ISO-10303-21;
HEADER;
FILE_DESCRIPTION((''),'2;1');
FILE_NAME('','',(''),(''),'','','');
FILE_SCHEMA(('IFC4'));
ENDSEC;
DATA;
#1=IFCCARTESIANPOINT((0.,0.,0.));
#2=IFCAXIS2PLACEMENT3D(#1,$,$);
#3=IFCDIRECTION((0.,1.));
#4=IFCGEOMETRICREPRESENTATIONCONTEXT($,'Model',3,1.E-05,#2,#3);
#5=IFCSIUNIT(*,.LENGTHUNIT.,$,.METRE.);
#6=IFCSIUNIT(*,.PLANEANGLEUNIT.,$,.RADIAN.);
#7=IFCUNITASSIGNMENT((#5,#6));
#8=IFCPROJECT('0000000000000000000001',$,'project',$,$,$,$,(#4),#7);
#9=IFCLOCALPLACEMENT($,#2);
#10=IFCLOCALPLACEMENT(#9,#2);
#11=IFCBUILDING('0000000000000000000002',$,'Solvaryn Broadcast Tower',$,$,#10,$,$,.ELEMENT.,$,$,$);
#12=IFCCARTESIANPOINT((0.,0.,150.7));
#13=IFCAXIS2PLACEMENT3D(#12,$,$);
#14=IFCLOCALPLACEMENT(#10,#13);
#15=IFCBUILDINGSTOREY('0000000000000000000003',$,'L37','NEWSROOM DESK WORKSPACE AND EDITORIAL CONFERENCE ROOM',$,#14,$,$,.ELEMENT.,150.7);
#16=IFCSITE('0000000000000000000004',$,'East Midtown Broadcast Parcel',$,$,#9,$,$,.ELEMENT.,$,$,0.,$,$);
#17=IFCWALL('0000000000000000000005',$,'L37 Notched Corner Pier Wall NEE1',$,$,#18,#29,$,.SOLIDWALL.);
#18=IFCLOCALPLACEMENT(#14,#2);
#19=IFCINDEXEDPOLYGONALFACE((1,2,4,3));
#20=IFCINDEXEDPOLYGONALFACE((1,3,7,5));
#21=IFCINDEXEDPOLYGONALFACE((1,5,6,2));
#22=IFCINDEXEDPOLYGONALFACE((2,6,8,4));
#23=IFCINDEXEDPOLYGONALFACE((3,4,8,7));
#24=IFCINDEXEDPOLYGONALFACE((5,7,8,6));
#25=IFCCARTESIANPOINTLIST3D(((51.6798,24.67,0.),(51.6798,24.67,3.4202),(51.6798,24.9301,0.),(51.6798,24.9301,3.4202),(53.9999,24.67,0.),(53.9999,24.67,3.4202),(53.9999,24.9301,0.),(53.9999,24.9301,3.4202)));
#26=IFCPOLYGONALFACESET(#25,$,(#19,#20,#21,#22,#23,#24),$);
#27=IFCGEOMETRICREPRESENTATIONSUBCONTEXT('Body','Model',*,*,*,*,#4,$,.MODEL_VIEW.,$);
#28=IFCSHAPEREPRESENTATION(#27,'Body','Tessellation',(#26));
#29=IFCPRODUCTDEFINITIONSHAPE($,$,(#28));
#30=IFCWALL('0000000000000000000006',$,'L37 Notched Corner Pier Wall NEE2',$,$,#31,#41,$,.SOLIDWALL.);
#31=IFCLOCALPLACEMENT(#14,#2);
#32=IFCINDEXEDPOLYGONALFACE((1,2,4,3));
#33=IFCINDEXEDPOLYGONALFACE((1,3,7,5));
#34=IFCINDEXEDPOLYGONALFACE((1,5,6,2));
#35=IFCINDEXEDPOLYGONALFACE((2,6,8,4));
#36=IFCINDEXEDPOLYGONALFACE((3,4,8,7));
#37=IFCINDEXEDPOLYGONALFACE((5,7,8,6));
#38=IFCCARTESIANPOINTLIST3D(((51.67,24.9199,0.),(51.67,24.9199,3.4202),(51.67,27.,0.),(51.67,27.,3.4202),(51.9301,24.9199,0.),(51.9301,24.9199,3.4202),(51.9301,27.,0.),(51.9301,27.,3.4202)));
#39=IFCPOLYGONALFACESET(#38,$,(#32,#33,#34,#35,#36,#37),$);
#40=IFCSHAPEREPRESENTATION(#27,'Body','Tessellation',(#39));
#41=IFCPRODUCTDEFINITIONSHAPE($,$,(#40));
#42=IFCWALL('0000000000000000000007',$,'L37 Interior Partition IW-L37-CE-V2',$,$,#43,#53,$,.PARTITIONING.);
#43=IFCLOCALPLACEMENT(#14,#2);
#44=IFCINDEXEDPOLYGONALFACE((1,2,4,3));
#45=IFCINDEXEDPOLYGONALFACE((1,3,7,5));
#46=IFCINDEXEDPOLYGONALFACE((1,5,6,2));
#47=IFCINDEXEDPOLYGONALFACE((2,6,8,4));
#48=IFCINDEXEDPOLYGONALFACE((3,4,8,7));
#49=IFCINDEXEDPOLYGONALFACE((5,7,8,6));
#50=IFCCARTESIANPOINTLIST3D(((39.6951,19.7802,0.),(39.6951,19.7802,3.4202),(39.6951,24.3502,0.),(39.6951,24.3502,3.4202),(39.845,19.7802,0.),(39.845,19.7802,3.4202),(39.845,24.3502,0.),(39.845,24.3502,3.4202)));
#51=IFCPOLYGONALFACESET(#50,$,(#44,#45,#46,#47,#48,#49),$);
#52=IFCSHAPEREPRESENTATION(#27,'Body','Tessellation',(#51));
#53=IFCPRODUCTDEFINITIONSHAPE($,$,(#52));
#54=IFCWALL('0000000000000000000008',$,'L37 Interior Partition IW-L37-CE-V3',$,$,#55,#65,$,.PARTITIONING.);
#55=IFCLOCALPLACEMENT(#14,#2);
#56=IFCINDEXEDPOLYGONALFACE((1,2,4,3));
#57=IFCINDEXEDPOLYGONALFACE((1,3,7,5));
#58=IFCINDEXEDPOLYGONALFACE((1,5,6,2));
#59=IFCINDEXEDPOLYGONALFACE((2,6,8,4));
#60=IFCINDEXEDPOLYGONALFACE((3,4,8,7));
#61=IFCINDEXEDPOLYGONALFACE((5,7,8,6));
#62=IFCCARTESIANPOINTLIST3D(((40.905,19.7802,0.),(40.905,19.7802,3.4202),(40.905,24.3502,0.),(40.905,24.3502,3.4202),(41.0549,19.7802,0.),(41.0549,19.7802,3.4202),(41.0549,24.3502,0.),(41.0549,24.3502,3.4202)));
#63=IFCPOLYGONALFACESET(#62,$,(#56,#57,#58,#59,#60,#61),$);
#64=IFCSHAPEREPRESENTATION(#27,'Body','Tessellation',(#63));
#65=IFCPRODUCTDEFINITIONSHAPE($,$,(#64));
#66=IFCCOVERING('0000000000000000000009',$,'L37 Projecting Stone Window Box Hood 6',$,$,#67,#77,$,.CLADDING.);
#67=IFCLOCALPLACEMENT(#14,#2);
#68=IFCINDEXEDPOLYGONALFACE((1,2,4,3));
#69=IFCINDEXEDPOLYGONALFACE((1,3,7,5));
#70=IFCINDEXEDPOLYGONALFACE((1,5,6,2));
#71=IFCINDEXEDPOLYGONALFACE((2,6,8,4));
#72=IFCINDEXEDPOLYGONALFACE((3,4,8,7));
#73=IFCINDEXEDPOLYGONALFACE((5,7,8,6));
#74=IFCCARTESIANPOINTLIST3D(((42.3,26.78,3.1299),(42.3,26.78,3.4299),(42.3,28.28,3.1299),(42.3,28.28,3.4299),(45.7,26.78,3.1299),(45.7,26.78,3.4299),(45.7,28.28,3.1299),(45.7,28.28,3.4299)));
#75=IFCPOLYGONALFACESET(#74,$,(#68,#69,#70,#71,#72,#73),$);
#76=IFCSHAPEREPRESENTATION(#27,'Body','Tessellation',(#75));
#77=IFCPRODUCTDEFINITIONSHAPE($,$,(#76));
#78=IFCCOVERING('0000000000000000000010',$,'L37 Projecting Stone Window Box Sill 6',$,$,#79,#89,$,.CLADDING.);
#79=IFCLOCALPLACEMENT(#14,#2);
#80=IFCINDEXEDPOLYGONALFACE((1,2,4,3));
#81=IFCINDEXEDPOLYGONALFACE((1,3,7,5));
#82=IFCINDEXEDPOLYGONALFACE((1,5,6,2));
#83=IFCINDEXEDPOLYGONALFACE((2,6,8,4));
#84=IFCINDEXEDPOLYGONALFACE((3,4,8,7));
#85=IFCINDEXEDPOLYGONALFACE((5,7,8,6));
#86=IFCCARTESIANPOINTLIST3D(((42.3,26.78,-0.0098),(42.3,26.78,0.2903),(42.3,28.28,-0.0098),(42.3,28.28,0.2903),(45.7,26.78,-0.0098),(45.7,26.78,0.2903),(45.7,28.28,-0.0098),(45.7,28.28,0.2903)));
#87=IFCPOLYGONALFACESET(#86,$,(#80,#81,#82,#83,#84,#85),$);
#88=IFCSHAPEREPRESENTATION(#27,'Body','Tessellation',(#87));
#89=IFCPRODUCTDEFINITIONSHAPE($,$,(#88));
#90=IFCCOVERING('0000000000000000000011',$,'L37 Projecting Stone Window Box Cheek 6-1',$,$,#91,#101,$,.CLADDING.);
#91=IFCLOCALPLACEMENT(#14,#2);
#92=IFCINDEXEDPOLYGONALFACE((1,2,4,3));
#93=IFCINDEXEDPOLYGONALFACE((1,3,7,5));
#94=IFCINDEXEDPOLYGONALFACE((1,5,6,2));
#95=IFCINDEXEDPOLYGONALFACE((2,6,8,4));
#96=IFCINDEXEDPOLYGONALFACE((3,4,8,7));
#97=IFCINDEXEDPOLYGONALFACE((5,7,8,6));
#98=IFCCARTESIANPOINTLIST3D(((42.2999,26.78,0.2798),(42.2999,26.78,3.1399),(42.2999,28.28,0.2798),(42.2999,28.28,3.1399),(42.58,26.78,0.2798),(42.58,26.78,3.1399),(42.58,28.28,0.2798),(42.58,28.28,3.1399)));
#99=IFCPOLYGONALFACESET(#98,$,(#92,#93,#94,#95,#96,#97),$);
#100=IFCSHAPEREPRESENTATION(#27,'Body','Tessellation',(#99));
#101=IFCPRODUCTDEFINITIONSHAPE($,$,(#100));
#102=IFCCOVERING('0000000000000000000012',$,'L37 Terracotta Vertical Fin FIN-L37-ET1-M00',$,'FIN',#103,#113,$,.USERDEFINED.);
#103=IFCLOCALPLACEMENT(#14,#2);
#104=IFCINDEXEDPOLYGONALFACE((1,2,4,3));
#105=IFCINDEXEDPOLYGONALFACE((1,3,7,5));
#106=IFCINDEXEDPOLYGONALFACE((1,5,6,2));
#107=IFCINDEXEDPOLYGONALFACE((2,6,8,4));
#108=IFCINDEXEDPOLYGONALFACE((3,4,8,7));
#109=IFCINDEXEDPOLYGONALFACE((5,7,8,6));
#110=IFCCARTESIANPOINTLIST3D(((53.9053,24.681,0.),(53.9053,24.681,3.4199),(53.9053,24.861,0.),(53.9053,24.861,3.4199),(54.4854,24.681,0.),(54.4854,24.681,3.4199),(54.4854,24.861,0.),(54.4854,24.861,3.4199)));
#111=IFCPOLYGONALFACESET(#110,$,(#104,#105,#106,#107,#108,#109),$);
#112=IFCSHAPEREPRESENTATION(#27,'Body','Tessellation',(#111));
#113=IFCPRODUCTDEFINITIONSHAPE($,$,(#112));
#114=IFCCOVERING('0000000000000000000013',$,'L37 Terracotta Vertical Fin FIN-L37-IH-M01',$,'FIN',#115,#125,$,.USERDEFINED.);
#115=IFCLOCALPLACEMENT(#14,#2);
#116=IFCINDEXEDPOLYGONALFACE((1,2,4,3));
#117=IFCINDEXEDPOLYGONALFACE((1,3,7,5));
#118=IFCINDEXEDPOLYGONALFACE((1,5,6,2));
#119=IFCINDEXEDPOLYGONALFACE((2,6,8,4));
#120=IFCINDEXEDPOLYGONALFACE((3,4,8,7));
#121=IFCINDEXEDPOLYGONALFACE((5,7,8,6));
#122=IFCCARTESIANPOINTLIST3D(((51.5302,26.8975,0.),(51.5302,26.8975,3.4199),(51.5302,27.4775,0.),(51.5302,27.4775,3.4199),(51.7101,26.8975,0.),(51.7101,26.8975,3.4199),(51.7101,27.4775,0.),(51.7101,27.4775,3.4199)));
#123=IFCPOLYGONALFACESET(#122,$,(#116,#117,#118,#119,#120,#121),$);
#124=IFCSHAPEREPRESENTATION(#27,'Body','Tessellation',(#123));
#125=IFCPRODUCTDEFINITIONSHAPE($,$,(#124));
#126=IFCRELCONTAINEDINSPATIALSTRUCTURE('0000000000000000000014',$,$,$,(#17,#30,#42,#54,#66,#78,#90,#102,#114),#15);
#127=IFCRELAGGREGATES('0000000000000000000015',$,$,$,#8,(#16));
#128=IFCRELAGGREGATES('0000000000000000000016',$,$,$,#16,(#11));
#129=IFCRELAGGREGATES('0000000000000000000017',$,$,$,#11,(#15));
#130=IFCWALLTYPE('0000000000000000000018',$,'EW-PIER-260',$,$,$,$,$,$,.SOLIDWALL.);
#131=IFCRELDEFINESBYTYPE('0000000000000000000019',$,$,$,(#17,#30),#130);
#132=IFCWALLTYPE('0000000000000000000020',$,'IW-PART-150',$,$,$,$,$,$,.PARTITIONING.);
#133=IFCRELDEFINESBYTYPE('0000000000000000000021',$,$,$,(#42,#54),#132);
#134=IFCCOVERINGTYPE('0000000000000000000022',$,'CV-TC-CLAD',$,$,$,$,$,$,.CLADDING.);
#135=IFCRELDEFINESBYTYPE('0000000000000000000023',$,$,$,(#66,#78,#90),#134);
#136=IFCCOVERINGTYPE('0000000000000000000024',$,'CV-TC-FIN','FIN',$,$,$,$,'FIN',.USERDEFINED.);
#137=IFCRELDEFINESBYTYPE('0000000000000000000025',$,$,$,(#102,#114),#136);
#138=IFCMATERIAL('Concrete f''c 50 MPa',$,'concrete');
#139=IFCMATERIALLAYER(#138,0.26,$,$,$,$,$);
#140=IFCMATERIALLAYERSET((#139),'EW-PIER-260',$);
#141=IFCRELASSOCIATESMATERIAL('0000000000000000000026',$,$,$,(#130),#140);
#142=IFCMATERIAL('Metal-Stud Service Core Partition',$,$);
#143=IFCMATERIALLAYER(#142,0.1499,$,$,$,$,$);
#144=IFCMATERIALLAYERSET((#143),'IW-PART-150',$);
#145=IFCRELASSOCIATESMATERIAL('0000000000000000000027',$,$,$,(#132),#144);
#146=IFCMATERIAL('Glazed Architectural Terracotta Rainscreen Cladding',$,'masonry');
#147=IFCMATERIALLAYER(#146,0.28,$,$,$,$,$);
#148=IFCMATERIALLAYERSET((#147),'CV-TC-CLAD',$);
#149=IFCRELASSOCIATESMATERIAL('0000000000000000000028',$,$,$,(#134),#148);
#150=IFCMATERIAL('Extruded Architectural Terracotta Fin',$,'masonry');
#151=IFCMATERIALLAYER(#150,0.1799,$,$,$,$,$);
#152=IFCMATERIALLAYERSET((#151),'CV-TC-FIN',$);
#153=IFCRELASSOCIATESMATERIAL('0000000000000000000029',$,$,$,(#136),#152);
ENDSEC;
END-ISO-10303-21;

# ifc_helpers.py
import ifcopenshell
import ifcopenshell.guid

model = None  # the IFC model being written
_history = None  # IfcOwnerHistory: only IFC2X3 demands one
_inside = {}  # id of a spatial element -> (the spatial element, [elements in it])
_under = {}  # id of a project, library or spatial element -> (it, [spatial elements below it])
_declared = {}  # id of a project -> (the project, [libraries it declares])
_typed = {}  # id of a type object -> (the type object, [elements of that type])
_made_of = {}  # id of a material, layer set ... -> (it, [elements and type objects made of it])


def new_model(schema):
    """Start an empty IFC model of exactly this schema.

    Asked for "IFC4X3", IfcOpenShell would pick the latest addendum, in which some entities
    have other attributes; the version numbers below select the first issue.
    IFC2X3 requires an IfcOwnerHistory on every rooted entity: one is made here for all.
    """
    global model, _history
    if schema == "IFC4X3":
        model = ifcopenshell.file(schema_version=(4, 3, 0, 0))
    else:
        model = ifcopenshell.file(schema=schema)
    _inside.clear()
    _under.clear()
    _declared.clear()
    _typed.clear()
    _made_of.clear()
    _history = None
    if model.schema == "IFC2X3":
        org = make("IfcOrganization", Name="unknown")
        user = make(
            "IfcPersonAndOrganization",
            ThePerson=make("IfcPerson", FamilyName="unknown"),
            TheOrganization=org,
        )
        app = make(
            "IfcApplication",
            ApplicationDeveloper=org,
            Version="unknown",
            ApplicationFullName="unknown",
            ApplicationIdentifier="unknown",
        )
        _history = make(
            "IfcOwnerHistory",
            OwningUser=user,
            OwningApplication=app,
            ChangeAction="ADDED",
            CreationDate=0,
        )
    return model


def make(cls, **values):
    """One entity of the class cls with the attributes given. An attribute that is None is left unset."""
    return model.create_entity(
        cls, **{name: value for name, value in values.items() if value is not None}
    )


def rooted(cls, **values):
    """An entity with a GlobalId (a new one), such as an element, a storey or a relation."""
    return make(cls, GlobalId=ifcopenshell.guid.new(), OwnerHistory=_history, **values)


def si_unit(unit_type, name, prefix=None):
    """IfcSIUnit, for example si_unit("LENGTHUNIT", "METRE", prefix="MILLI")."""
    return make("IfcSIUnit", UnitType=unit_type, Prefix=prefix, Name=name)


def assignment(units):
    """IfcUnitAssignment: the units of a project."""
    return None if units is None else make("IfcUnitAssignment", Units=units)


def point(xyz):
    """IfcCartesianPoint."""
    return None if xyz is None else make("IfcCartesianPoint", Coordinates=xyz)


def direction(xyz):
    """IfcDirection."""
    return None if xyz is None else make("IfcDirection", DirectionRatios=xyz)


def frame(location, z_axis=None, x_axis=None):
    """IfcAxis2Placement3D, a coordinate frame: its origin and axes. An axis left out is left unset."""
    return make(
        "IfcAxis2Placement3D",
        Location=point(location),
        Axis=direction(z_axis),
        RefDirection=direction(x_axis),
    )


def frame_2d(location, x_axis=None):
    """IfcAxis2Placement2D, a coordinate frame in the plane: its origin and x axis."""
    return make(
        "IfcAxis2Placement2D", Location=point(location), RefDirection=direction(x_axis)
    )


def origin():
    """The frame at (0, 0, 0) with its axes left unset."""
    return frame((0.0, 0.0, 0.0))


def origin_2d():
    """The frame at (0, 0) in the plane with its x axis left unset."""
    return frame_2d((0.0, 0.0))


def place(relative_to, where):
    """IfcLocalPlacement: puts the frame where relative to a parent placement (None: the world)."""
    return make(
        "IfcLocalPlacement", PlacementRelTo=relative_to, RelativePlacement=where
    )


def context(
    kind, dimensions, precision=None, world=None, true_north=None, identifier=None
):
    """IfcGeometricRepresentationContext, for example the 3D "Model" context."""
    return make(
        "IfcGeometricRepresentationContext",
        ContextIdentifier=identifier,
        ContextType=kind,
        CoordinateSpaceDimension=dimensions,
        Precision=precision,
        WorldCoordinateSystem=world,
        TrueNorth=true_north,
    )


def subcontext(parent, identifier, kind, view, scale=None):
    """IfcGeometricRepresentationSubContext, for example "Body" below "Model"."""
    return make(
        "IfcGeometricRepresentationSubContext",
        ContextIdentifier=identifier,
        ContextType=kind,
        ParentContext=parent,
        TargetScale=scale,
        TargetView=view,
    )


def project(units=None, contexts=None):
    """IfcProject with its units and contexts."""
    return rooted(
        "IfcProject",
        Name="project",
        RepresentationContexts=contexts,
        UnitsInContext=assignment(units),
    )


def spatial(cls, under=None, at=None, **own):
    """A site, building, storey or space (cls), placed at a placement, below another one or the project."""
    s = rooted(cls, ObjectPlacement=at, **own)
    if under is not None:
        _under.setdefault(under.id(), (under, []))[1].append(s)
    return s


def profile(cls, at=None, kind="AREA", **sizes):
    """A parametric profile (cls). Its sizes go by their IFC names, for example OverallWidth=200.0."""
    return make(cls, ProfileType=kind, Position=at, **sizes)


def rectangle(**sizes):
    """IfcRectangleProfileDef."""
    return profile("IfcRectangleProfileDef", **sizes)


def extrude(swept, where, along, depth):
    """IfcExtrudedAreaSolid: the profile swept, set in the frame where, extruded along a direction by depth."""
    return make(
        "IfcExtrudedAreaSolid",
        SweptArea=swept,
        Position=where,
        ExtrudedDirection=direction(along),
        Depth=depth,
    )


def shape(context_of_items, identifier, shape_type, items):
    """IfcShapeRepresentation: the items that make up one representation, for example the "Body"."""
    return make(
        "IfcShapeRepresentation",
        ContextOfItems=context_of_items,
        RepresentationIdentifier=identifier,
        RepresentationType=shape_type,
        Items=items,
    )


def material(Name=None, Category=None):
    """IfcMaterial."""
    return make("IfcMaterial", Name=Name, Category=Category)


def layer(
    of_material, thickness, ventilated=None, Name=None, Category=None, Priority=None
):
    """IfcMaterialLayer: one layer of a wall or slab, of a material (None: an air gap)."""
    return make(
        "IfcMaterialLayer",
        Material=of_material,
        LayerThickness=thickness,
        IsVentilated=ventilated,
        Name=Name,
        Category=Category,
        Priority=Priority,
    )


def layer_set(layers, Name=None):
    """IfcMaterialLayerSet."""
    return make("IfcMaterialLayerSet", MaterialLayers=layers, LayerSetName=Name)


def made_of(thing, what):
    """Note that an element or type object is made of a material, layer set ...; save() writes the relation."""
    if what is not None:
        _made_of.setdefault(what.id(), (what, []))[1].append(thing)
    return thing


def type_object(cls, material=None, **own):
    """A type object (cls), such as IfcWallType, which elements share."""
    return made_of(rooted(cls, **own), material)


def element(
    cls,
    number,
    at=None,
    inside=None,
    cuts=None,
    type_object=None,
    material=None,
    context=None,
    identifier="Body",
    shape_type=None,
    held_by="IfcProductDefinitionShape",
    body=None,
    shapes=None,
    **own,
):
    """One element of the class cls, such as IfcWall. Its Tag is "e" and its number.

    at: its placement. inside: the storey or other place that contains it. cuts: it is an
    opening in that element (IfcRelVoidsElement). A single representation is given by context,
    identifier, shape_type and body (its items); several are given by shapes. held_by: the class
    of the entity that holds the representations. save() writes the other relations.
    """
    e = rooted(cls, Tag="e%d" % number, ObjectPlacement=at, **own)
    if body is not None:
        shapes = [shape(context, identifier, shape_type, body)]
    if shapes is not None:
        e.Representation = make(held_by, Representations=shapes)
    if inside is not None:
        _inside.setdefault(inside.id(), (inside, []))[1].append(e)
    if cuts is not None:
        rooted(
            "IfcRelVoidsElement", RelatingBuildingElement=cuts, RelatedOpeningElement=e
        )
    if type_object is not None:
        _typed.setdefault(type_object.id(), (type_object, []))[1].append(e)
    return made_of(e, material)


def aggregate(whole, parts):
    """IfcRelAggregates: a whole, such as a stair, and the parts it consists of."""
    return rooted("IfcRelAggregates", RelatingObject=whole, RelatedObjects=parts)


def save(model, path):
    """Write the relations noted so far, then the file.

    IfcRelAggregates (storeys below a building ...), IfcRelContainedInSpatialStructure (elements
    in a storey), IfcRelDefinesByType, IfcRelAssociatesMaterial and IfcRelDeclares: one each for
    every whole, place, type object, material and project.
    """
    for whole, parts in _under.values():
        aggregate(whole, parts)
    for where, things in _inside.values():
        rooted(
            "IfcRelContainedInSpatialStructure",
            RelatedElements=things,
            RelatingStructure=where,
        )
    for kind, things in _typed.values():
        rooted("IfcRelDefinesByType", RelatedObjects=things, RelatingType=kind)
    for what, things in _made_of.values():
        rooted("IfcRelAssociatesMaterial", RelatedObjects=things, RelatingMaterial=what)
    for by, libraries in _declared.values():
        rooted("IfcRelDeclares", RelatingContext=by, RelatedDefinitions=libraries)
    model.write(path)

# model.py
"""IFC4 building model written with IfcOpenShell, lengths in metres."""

from ifc_helpers import new_model, si_unit, direction, frame, frame_2d, origin, origin_2d, place, context, subcontext, project, spatial, rectangle, extrude, material, layer, layer_set, type_object, element, save


model = new_model("IFC4")

# Units and contexts
model_context = context("Model", 3, precision=1e-05, world=origin(), true_north=direction((0.0, 1.0)))
body_context = subcontext(model_context, "Body", "Model", "MODEL_VIEW")
ifc_project = project(units=[si_unit("LENGTHUNIT", "METRE"), si_unit("PLANEANGLEUNIT", "RADIAN")], contexts=[model_context])

# Site, building, storey
site_placement = place(None, origin())
site = spatial("IfcSite", under=ifc_project, at=site_placement, Name="East Midtown Broadcast Parcel", CompositionType="ELEMENT", RefElevation=0.0)
building_placement = place(site_placement, origin())
building = spatial("IfcBuilding", under=site, at=building_placement, Name="Solvaryn Broadcast Tower", CompositionType="ELEMENT")
storey_placement = place(building_placement, frame((0.0, 0.0, 150.7)))
storey = spatial("IfcBuildingStorey", under=building, at=storey_placement, Name="L37", Description="NEWSROOM DESK WORKSPACE AND EDITORIAL CONFERENCE ROOM", CompositionType="ELEMENT", Elevation=150.7)

# Walls
ifc_material_1 = material(Name="Concrete f'c 50 MPa", Category="concrete")
ifc_layer_1 = layer(ifc_material_1, 0.26)
ifc_layer_set_1 = layer_set([ifc_layer_1], Name="EW-PIER-260")
wall_type_1 = type_object("IfcWallType", Name="EW-PIER-260", PredefinedType="SOLIDWALL", material=ifc_layer_set_1)
wall_1_placement = place(storey_placement, frame((54.0, 24.8, 0.0), z_axis=(0.0, 0.0, 1.0), x_axis=(-1.0, 0.0, 0.0)))
element("IfcWall", 1, at=wall_1_placement, inside=storey, type_object=wall_type_1, Name="L37 Notched Corner Pier Wall NEE1", PredefinedType="SOLIDWALL", context=body_context, shape_type="SweptSolid", body=[
    extrude(rectangle(XDim=2.3201, YDim=0.26, at=frame_2d((1.1602, 0.0))), origin(), (0.0, 0.0, 1.0), 3.4202),
])
wall_2_placement = place(storey_placement, frame((51.8, 24.9199, 0.0), z_axis=(0.0, 0.0, 1.0), x_axis=(0.0, 1.0, 0.0)))
element("IfcWall", 2, at=wall_2_placement, inside=storey, type_object=wall_type_1, Name="L37 Notched Corner Pier Wall NEE2", PredefinedType="SOLIDWALL", context=body_context, shape_type="SweptSolid", body=[
    extrude(rectangle(XDim=2.0801, YDim=0.26, at=frame_2d((1.04, 0.0))), origin(), (0.0, 0.0, 1.0), 3.4202),
])
ifc_material_2 = material(Name="Metal-Stud Service Core Partition")
ifc_layer_2 = layer(ifc_material_2, 0.1499)
ifc_layer_set_2 = layer_set([ifc_layer_2], Name="IW-PART-150")
wall_type_2 = type_object("IfcWallType", Name="IW-PART-150", PredefinedType="PARTITIONING", material=ifc_layer_set_2)
for number, where, z_axis, x_axis, name in (
    (3, (39.77, 19.78, 0.0), (0.0, 0.0, 1.0), (0.0, 1.0, 0.0), "L37 Interior Partition IW-L37-CE-V2"),
    (4, (40.98, 19.78, 0.0), (0.0, 0.0, 1.0), (0.0, 1.0, 0.0), "L37 Interior Partition IW-L37-CE-V3"),
):
    element("IfcWall", number, at=place(storey_placement, frame(where, z_axis=z_axis, x_axis=x_axis)), inside=storey, type_object=wall_type_2, Name=name, PredefinedType="PARTITIONING", context=body_context, shape_type="SweptSolid", body=[
        extrude(rectangle(XDim=4.5701, YDim=0.1499, at=frame_2d((2.2852, 0.0))), origin(), (0.0, 0.0, 1.0), 3.4202),
    ])

# Coverings
ifc_material_3 = material(Name="Glazed Architectural Terracotta Rainscreen Cladding", Category="masonry")
ifc_layer_3 = layer(ifc_material_3, 0.28)
ifc_layer_set_3 = layer_set([ifc_layer_3], Name="CV-TC-CLAD")
covering_type_1 = type_object("IfcCoveringType", Name="CV-TC-CLAD", PredefinedType="CLADDING", material=ifc_layer_set_3)
for number, where, z_axis, x_axis, name in (
    (5, (44.0, 27.53, 3.1299), (0.0, 0.0, 1.0), (1.0, 0.0, 0.0), "L37 Projecting Stone Window Box Hood 6"),
    (6, (44.0, 27.53, -0.0098), (0.0, 0.0, 1.0), (1.0, 0.0, 0.0), "L37 Projecting Stone Window Box Sill 6"),
):
    element("IfcCovering", number, at=place(storey_placement, frame(where, z_axis=z_axis, x_axis=x_axis)), inside=storey, type_object=covering_type_1, Name=name, PredefinedType="CLADDING", context=body_context, shape_type="SweptSolid", body=[
        extrude(rectangle(XDim=3.3999, YDim=1.5, at=origin_2d()), origin(), (0.0, 0.0, 1.0), 0.3),
    ])
covering_1_placement = place(storey_placement, frame((42.4399, 27.53, 0.2798), z_axis=(0.0, 0.0, 1.0), x_axis=(1.0, 0.0, 0.0)))
element("IfcCovering", 7, at=covering_1_placement, inside=storey, type_object=covering_type_1, Name="L37 Projecting Stone Window Box Cheek 6-1", PredefinedType="CLADDING", context=body_context, shape_type="SweptSolid", body=[
    extrude(rectangle(XDim=0.28, YDim=1.5, at=origin_2d()), origin(), (0.0, 0.0, 1.0), 2.8601),
])
ifc_material_4 = material(Name="Extruded Architectural Terracotta Fin", Category="masonry")
ifc_layer_4 = layer(ifc_material_4, 0.1799)
ifc_layer_set_4 = layer_set([ifc_layer_4], Name="CV-TC-FIN")
covering_type_2 = type_object("IfcCoveringType", Name="CV-TC-FIN", Description="FIN", ElementType="FIN", PredefinedType="USERDEFINED", material=ifc_layer_set_4)
covering_2_placement = place(storey_placement, frame((54.1953, 24.771, 0.0), z_axis=(0.0, 0.0, 1.0), x_axis=(1.0, 0.0, 0.0)))
element("IfcCovering", 8, at=covering_2_placement, inside=storey, type_object=covering_type_2, Name="L37 Terracotta Vertical Fin FIN-L37-ET1-M00", ObjectType="FIN", PredefinedType="USERDEFINED", context=body_context, shape_type="SweptSolid", body=[
    extrude(rectangle(XDim=0.5801, YDim=0.1799, at=origin_2d()), origin(), (0.0, 0.0, 1.0), 3.4199),
])
covering_3_placement = place(storey_placement, frame((51.6201, 27.1875, 0.0), z_axis=(0.0, 0.0, 1.0), x_axis=(1.0, 0.0, 0.0)))
element("IfcCovering", 9, at=covering_3_placement, inside=storey, type_object=covering_type_2, Name="L37 Terracotta Vertical Fin FIN-L37-IH-M01", ObjectType="FIN", PredefinedType="USERDEFINED", context=body_context, shape_type="SweptSolid", body=[
    extrude(rectangle(XDim=0.1799, YDim=0.5801, at=origin_2d()), origin(), (0.0, 0.0, 1.0), 3.4199),
])

save(model, "model.ifc")
